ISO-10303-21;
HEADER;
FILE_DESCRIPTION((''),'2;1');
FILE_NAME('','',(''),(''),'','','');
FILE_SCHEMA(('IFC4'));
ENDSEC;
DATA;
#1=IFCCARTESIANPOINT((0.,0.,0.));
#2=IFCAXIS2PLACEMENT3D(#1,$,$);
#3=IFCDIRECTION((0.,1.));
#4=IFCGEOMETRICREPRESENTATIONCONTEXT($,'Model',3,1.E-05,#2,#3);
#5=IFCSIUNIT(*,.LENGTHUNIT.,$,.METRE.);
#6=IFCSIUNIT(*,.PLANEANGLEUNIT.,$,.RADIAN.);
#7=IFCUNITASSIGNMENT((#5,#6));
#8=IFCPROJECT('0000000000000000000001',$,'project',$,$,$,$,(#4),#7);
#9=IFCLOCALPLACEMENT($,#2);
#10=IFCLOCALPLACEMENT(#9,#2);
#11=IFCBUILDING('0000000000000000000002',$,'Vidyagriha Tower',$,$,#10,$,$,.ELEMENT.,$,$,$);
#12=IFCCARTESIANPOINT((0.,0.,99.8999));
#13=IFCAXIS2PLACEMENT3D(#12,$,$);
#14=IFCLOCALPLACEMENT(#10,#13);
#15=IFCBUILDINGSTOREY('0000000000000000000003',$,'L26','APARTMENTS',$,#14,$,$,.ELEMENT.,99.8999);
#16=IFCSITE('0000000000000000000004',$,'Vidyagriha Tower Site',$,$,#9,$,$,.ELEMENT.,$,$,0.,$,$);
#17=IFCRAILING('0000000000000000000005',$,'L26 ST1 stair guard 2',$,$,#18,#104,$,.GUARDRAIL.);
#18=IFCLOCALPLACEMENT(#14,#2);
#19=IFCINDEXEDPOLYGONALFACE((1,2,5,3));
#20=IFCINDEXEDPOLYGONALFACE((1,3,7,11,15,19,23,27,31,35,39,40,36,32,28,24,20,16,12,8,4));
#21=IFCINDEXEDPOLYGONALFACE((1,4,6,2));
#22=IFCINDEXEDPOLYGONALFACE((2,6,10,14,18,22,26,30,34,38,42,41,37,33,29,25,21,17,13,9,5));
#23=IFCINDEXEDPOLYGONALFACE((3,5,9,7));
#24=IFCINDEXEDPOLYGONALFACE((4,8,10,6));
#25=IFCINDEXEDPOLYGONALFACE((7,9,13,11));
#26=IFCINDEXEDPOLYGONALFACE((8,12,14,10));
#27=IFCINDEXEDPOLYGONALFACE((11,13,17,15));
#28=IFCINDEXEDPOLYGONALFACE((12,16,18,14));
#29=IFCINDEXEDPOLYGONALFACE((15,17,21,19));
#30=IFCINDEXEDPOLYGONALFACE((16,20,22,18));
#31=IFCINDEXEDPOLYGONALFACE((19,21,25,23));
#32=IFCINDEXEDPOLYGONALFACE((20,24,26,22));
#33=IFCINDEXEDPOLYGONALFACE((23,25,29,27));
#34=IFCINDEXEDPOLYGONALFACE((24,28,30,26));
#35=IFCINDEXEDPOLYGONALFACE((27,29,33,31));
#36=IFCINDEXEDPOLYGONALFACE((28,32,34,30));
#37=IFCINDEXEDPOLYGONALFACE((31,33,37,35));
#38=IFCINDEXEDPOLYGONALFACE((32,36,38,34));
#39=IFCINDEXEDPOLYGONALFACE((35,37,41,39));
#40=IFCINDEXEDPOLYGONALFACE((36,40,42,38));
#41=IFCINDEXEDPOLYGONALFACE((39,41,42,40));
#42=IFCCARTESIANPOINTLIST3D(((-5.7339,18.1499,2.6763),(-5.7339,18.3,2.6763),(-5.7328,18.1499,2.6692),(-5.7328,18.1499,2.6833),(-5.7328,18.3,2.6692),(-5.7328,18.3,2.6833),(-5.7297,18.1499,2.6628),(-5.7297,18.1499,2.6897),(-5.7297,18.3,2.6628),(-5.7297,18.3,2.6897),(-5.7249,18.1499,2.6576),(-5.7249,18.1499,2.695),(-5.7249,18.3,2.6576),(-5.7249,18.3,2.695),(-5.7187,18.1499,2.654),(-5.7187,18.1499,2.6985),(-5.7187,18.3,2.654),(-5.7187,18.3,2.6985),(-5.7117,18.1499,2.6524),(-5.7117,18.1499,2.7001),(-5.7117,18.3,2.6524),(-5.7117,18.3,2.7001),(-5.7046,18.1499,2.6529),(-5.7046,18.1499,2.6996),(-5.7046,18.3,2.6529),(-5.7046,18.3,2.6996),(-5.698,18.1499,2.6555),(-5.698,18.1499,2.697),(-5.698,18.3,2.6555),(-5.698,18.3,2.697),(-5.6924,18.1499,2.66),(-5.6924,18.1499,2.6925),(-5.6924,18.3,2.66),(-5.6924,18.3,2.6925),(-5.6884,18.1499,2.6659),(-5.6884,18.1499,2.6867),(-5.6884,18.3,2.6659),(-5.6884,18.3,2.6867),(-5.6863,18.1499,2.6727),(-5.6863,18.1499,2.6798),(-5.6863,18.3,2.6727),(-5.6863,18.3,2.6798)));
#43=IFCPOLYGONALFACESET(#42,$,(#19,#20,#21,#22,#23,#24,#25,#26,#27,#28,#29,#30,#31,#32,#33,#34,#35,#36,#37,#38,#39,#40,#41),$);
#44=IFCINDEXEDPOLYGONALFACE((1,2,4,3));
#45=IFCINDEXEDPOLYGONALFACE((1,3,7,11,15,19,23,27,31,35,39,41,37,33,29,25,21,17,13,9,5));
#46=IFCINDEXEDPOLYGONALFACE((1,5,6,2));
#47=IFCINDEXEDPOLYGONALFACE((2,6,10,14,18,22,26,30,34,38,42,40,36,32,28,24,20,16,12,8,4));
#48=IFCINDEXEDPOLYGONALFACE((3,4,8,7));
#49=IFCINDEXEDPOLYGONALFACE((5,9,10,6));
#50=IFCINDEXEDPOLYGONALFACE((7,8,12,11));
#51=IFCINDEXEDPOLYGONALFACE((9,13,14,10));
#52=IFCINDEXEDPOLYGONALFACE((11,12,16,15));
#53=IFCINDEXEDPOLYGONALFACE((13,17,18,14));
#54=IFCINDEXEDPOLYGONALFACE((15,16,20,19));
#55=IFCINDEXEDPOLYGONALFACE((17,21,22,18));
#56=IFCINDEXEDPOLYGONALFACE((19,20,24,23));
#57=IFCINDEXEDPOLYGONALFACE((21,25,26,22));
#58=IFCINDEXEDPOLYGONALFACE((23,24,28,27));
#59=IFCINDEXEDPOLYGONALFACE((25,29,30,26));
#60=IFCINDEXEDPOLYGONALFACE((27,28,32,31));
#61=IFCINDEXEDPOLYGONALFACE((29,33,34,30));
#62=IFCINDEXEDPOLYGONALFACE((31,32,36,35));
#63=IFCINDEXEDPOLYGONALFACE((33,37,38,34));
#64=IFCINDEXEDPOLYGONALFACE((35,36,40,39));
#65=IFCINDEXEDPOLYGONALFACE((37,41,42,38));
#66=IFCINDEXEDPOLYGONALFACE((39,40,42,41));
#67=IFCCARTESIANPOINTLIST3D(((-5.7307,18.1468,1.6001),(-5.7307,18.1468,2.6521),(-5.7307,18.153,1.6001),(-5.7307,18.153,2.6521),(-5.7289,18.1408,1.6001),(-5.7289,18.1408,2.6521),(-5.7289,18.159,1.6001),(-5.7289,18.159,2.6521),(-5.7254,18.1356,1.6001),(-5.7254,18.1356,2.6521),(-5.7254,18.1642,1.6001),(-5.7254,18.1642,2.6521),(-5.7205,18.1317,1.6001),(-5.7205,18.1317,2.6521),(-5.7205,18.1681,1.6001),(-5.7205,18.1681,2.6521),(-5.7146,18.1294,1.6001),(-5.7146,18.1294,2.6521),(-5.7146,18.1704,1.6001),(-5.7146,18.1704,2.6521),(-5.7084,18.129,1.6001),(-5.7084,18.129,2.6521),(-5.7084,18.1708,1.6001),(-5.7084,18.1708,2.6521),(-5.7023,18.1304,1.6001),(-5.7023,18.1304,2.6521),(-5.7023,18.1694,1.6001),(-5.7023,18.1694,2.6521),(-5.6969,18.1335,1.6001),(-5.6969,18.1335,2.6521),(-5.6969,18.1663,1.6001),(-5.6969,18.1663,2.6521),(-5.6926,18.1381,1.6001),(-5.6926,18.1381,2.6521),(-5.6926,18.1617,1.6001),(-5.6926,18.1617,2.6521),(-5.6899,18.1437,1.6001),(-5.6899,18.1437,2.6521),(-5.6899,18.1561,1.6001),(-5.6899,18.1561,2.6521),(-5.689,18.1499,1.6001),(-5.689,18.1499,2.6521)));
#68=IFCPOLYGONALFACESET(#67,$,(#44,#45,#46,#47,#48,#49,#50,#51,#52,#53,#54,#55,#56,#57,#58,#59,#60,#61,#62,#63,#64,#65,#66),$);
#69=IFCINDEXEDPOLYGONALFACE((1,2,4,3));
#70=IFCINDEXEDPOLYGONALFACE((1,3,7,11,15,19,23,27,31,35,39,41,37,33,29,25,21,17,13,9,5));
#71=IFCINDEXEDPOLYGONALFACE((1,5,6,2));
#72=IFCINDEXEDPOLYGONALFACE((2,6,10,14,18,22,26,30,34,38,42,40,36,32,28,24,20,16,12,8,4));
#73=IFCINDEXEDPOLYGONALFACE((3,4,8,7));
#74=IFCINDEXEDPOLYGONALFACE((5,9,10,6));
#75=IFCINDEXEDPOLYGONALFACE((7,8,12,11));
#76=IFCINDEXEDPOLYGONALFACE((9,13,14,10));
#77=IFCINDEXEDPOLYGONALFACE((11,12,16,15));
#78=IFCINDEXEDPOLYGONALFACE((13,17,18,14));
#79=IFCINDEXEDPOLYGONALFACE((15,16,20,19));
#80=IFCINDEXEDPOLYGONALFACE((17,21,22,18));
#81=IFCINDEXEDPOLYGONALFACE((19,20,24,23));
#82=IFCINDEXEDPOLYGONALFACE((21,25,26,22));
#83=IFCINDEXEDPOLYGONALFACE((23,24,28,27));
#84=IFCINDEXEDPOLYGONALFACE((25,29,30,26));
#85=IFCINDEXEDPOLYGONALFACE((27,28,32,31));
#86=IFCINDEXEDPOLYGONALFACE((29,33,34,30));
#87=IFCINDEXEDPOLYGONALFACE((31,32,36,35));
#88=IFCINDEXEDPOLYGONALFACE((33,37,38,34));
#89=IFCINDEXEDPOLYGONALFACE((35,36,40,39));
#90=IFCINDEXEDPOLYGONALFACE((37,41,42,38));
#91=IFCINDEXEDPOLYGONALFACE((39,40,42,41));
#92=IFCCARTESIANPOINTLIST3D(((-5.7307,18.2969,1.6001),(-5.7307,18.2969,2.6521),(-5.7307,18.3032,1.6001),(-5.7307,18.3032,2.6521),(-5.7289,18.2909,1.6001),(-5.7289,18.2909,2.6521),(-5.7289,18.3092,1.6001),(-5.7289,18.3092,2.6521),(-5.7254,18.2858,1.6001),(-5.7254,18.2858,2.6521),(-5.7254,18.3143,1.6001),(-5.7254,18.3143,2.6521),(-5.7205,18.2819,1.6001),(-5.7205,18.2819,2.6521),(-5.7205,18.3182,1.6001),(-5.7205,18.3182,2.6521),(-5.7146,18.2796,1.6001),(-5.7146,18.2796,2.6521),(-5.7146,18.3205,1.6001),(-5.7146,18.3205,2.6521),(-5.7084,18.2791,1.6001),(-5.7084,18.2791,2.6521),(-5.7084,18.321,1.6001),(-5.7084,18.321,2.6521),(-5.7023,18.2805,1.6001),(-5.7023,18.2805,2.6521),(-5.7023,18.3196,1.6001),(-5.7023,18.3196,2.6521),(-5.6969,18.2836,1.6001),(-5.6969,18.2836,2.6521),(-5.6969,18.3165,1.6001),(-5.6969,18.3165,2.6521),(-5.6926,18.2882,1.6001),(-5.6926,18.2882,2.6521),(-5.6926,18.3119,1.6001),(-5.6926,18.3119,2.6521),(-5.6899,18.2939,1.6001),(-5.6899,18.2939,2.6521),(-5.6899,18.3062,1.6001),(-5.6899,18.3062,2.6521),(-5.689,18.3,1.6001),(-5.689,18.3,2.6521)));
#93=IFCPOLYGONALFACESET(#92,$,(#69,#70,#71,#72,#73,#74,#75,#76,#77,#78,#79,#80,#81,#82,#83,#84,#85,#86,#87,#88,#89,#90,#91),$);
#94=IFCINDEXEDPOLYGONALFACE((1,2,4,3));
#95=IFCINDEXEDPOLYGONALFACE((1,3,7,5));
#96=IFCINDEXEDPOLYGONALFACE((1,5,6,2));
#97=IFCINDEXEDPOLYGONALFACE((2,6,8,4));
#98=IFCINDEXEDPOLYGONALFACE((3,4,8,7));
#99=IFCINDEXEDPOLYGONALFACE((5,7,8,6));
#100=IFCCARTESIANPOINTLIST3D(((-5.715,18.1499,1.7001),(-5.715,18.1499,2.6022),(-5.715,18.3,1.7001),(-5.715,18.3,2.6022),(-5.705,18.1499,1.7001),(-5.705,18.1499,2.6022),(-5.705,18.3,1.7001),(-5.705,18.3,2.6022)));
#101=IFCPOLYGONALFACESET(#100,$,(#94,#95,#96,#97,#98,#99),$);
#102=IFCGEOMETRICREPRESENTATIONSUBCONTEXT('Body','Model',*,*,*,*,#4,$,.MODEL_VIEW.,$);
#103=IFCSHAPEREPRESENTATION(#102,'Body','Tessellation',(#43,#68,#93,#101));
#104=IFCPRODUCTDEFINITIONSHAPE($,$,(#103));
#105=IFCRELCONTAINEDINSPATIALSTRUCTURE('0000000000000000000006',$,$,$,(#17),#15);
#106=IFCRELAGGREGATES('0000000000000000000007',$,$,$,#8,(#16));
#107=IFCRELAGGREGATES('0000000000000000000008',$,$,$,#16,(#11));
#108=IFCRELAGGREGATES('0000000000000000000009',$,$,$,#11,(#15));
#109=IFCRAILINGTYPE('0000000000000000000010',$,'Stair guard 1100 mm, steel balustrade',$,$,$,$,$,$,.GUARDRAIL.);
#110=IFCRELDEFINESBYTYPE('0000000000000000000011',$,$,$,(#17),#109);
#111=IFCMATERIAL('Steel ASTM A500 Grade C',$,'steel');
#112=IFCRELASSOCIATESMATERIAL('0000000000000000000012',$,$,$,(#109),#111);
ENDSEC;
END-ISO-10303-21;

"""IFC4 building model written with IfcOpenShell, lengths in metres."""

from ifc_helpers import new_model, si_unit, direction, frame, origin, origin_2d, place, context, subcontext, project, spatial, rectangle, circle, extrude, material, type_object, element, save


model = new_model("IFC4")

# Units and contexts
model_context = context("Model", 3, precision=1e-05, world=origin(), true_north=direction((0.0, 1.0)))
body_context = subcontext(model_context, "Body", "Model", "MODEL_VIEW")
ifc_project = project(units=[si_unit("LENGTHUNIT", "METRE"), si_unit("PLANEANGLEUNIT", "RADIAN")], contexts=[model_context])

# Site, building, storey
site_placement = place(None, origin())
site = spatial("IfcSite", under=ifc_project, at=site_placement, Name="Vidyagriha Tower Site", CompositionType="ELEMENT", RefElevation=0.0)
building_placement = place(site_placement, origin())
building = spatial("IfcBuilding", under=site, at=building_placement, Name="Vidyagriha Tower", CompositionType="ELEMENT")
storey_placement = place(building_placement, frame((0.0, 0.0, 99.8999)))
storey = spatial("IfcBuildingStorey", under=building, at=storey_placement, Name="L26", Description="APARTMENTS", CompositionType="ELEMENT", Elevation=99.8999)

# Railing
ifc_material_1 = material(Name="Steel ASTM A500 Grade C", Category="steel")
railing_type_1 = type_object("IfcRailingType", Name="Stair guard 1100 mm, steel balustrade", PredefinedType="GUARDRAIL", material=ifc_material_1)
railing_1_placement = place(storey_placement, frame((-5.71, 18.1499, 1.6001)))
element("IfcRailing", 1, at=railing_1_placement, inside=storey, type_object=railing_type_1, Name="L26 ST1 stair guard 2", PredefinedType="GUARDRAIL", context=body_context, shape_type="SweptSolid", body=[
    extrude(circle(Radius=0.0239, at=origin_2d()), frame((0.0, 0.0, 1.0762), z_axis=(0.0, 1.0, 0.0), x_axis=(-1.0, 0.0, 0.0)), (0.0, 0.0, 1.0), 0.1501),
    extrude(circle(Radius=0.021, at=origin_2d()), origin(), (0.0, 0.0, 1.0), 1.052),
    extrude(circle(Radius=0.021, at=origin_2d()), frame((0.0, 0.1501, 0.0)), (0.0, 0.0, 1.0), 1.052),
    extrude(rectangle(XDim=0.01, YDim=0.9021, at=origin_2d()), frame((0.0, 0.0, 0.551), z_axis=(0.0, 1.0, 0.0), x_axis=(-1.0, 0.0, 0.0)), (0.0, 0.0, 1.0), 0.1501),
])

save(model, "model.ifc")
